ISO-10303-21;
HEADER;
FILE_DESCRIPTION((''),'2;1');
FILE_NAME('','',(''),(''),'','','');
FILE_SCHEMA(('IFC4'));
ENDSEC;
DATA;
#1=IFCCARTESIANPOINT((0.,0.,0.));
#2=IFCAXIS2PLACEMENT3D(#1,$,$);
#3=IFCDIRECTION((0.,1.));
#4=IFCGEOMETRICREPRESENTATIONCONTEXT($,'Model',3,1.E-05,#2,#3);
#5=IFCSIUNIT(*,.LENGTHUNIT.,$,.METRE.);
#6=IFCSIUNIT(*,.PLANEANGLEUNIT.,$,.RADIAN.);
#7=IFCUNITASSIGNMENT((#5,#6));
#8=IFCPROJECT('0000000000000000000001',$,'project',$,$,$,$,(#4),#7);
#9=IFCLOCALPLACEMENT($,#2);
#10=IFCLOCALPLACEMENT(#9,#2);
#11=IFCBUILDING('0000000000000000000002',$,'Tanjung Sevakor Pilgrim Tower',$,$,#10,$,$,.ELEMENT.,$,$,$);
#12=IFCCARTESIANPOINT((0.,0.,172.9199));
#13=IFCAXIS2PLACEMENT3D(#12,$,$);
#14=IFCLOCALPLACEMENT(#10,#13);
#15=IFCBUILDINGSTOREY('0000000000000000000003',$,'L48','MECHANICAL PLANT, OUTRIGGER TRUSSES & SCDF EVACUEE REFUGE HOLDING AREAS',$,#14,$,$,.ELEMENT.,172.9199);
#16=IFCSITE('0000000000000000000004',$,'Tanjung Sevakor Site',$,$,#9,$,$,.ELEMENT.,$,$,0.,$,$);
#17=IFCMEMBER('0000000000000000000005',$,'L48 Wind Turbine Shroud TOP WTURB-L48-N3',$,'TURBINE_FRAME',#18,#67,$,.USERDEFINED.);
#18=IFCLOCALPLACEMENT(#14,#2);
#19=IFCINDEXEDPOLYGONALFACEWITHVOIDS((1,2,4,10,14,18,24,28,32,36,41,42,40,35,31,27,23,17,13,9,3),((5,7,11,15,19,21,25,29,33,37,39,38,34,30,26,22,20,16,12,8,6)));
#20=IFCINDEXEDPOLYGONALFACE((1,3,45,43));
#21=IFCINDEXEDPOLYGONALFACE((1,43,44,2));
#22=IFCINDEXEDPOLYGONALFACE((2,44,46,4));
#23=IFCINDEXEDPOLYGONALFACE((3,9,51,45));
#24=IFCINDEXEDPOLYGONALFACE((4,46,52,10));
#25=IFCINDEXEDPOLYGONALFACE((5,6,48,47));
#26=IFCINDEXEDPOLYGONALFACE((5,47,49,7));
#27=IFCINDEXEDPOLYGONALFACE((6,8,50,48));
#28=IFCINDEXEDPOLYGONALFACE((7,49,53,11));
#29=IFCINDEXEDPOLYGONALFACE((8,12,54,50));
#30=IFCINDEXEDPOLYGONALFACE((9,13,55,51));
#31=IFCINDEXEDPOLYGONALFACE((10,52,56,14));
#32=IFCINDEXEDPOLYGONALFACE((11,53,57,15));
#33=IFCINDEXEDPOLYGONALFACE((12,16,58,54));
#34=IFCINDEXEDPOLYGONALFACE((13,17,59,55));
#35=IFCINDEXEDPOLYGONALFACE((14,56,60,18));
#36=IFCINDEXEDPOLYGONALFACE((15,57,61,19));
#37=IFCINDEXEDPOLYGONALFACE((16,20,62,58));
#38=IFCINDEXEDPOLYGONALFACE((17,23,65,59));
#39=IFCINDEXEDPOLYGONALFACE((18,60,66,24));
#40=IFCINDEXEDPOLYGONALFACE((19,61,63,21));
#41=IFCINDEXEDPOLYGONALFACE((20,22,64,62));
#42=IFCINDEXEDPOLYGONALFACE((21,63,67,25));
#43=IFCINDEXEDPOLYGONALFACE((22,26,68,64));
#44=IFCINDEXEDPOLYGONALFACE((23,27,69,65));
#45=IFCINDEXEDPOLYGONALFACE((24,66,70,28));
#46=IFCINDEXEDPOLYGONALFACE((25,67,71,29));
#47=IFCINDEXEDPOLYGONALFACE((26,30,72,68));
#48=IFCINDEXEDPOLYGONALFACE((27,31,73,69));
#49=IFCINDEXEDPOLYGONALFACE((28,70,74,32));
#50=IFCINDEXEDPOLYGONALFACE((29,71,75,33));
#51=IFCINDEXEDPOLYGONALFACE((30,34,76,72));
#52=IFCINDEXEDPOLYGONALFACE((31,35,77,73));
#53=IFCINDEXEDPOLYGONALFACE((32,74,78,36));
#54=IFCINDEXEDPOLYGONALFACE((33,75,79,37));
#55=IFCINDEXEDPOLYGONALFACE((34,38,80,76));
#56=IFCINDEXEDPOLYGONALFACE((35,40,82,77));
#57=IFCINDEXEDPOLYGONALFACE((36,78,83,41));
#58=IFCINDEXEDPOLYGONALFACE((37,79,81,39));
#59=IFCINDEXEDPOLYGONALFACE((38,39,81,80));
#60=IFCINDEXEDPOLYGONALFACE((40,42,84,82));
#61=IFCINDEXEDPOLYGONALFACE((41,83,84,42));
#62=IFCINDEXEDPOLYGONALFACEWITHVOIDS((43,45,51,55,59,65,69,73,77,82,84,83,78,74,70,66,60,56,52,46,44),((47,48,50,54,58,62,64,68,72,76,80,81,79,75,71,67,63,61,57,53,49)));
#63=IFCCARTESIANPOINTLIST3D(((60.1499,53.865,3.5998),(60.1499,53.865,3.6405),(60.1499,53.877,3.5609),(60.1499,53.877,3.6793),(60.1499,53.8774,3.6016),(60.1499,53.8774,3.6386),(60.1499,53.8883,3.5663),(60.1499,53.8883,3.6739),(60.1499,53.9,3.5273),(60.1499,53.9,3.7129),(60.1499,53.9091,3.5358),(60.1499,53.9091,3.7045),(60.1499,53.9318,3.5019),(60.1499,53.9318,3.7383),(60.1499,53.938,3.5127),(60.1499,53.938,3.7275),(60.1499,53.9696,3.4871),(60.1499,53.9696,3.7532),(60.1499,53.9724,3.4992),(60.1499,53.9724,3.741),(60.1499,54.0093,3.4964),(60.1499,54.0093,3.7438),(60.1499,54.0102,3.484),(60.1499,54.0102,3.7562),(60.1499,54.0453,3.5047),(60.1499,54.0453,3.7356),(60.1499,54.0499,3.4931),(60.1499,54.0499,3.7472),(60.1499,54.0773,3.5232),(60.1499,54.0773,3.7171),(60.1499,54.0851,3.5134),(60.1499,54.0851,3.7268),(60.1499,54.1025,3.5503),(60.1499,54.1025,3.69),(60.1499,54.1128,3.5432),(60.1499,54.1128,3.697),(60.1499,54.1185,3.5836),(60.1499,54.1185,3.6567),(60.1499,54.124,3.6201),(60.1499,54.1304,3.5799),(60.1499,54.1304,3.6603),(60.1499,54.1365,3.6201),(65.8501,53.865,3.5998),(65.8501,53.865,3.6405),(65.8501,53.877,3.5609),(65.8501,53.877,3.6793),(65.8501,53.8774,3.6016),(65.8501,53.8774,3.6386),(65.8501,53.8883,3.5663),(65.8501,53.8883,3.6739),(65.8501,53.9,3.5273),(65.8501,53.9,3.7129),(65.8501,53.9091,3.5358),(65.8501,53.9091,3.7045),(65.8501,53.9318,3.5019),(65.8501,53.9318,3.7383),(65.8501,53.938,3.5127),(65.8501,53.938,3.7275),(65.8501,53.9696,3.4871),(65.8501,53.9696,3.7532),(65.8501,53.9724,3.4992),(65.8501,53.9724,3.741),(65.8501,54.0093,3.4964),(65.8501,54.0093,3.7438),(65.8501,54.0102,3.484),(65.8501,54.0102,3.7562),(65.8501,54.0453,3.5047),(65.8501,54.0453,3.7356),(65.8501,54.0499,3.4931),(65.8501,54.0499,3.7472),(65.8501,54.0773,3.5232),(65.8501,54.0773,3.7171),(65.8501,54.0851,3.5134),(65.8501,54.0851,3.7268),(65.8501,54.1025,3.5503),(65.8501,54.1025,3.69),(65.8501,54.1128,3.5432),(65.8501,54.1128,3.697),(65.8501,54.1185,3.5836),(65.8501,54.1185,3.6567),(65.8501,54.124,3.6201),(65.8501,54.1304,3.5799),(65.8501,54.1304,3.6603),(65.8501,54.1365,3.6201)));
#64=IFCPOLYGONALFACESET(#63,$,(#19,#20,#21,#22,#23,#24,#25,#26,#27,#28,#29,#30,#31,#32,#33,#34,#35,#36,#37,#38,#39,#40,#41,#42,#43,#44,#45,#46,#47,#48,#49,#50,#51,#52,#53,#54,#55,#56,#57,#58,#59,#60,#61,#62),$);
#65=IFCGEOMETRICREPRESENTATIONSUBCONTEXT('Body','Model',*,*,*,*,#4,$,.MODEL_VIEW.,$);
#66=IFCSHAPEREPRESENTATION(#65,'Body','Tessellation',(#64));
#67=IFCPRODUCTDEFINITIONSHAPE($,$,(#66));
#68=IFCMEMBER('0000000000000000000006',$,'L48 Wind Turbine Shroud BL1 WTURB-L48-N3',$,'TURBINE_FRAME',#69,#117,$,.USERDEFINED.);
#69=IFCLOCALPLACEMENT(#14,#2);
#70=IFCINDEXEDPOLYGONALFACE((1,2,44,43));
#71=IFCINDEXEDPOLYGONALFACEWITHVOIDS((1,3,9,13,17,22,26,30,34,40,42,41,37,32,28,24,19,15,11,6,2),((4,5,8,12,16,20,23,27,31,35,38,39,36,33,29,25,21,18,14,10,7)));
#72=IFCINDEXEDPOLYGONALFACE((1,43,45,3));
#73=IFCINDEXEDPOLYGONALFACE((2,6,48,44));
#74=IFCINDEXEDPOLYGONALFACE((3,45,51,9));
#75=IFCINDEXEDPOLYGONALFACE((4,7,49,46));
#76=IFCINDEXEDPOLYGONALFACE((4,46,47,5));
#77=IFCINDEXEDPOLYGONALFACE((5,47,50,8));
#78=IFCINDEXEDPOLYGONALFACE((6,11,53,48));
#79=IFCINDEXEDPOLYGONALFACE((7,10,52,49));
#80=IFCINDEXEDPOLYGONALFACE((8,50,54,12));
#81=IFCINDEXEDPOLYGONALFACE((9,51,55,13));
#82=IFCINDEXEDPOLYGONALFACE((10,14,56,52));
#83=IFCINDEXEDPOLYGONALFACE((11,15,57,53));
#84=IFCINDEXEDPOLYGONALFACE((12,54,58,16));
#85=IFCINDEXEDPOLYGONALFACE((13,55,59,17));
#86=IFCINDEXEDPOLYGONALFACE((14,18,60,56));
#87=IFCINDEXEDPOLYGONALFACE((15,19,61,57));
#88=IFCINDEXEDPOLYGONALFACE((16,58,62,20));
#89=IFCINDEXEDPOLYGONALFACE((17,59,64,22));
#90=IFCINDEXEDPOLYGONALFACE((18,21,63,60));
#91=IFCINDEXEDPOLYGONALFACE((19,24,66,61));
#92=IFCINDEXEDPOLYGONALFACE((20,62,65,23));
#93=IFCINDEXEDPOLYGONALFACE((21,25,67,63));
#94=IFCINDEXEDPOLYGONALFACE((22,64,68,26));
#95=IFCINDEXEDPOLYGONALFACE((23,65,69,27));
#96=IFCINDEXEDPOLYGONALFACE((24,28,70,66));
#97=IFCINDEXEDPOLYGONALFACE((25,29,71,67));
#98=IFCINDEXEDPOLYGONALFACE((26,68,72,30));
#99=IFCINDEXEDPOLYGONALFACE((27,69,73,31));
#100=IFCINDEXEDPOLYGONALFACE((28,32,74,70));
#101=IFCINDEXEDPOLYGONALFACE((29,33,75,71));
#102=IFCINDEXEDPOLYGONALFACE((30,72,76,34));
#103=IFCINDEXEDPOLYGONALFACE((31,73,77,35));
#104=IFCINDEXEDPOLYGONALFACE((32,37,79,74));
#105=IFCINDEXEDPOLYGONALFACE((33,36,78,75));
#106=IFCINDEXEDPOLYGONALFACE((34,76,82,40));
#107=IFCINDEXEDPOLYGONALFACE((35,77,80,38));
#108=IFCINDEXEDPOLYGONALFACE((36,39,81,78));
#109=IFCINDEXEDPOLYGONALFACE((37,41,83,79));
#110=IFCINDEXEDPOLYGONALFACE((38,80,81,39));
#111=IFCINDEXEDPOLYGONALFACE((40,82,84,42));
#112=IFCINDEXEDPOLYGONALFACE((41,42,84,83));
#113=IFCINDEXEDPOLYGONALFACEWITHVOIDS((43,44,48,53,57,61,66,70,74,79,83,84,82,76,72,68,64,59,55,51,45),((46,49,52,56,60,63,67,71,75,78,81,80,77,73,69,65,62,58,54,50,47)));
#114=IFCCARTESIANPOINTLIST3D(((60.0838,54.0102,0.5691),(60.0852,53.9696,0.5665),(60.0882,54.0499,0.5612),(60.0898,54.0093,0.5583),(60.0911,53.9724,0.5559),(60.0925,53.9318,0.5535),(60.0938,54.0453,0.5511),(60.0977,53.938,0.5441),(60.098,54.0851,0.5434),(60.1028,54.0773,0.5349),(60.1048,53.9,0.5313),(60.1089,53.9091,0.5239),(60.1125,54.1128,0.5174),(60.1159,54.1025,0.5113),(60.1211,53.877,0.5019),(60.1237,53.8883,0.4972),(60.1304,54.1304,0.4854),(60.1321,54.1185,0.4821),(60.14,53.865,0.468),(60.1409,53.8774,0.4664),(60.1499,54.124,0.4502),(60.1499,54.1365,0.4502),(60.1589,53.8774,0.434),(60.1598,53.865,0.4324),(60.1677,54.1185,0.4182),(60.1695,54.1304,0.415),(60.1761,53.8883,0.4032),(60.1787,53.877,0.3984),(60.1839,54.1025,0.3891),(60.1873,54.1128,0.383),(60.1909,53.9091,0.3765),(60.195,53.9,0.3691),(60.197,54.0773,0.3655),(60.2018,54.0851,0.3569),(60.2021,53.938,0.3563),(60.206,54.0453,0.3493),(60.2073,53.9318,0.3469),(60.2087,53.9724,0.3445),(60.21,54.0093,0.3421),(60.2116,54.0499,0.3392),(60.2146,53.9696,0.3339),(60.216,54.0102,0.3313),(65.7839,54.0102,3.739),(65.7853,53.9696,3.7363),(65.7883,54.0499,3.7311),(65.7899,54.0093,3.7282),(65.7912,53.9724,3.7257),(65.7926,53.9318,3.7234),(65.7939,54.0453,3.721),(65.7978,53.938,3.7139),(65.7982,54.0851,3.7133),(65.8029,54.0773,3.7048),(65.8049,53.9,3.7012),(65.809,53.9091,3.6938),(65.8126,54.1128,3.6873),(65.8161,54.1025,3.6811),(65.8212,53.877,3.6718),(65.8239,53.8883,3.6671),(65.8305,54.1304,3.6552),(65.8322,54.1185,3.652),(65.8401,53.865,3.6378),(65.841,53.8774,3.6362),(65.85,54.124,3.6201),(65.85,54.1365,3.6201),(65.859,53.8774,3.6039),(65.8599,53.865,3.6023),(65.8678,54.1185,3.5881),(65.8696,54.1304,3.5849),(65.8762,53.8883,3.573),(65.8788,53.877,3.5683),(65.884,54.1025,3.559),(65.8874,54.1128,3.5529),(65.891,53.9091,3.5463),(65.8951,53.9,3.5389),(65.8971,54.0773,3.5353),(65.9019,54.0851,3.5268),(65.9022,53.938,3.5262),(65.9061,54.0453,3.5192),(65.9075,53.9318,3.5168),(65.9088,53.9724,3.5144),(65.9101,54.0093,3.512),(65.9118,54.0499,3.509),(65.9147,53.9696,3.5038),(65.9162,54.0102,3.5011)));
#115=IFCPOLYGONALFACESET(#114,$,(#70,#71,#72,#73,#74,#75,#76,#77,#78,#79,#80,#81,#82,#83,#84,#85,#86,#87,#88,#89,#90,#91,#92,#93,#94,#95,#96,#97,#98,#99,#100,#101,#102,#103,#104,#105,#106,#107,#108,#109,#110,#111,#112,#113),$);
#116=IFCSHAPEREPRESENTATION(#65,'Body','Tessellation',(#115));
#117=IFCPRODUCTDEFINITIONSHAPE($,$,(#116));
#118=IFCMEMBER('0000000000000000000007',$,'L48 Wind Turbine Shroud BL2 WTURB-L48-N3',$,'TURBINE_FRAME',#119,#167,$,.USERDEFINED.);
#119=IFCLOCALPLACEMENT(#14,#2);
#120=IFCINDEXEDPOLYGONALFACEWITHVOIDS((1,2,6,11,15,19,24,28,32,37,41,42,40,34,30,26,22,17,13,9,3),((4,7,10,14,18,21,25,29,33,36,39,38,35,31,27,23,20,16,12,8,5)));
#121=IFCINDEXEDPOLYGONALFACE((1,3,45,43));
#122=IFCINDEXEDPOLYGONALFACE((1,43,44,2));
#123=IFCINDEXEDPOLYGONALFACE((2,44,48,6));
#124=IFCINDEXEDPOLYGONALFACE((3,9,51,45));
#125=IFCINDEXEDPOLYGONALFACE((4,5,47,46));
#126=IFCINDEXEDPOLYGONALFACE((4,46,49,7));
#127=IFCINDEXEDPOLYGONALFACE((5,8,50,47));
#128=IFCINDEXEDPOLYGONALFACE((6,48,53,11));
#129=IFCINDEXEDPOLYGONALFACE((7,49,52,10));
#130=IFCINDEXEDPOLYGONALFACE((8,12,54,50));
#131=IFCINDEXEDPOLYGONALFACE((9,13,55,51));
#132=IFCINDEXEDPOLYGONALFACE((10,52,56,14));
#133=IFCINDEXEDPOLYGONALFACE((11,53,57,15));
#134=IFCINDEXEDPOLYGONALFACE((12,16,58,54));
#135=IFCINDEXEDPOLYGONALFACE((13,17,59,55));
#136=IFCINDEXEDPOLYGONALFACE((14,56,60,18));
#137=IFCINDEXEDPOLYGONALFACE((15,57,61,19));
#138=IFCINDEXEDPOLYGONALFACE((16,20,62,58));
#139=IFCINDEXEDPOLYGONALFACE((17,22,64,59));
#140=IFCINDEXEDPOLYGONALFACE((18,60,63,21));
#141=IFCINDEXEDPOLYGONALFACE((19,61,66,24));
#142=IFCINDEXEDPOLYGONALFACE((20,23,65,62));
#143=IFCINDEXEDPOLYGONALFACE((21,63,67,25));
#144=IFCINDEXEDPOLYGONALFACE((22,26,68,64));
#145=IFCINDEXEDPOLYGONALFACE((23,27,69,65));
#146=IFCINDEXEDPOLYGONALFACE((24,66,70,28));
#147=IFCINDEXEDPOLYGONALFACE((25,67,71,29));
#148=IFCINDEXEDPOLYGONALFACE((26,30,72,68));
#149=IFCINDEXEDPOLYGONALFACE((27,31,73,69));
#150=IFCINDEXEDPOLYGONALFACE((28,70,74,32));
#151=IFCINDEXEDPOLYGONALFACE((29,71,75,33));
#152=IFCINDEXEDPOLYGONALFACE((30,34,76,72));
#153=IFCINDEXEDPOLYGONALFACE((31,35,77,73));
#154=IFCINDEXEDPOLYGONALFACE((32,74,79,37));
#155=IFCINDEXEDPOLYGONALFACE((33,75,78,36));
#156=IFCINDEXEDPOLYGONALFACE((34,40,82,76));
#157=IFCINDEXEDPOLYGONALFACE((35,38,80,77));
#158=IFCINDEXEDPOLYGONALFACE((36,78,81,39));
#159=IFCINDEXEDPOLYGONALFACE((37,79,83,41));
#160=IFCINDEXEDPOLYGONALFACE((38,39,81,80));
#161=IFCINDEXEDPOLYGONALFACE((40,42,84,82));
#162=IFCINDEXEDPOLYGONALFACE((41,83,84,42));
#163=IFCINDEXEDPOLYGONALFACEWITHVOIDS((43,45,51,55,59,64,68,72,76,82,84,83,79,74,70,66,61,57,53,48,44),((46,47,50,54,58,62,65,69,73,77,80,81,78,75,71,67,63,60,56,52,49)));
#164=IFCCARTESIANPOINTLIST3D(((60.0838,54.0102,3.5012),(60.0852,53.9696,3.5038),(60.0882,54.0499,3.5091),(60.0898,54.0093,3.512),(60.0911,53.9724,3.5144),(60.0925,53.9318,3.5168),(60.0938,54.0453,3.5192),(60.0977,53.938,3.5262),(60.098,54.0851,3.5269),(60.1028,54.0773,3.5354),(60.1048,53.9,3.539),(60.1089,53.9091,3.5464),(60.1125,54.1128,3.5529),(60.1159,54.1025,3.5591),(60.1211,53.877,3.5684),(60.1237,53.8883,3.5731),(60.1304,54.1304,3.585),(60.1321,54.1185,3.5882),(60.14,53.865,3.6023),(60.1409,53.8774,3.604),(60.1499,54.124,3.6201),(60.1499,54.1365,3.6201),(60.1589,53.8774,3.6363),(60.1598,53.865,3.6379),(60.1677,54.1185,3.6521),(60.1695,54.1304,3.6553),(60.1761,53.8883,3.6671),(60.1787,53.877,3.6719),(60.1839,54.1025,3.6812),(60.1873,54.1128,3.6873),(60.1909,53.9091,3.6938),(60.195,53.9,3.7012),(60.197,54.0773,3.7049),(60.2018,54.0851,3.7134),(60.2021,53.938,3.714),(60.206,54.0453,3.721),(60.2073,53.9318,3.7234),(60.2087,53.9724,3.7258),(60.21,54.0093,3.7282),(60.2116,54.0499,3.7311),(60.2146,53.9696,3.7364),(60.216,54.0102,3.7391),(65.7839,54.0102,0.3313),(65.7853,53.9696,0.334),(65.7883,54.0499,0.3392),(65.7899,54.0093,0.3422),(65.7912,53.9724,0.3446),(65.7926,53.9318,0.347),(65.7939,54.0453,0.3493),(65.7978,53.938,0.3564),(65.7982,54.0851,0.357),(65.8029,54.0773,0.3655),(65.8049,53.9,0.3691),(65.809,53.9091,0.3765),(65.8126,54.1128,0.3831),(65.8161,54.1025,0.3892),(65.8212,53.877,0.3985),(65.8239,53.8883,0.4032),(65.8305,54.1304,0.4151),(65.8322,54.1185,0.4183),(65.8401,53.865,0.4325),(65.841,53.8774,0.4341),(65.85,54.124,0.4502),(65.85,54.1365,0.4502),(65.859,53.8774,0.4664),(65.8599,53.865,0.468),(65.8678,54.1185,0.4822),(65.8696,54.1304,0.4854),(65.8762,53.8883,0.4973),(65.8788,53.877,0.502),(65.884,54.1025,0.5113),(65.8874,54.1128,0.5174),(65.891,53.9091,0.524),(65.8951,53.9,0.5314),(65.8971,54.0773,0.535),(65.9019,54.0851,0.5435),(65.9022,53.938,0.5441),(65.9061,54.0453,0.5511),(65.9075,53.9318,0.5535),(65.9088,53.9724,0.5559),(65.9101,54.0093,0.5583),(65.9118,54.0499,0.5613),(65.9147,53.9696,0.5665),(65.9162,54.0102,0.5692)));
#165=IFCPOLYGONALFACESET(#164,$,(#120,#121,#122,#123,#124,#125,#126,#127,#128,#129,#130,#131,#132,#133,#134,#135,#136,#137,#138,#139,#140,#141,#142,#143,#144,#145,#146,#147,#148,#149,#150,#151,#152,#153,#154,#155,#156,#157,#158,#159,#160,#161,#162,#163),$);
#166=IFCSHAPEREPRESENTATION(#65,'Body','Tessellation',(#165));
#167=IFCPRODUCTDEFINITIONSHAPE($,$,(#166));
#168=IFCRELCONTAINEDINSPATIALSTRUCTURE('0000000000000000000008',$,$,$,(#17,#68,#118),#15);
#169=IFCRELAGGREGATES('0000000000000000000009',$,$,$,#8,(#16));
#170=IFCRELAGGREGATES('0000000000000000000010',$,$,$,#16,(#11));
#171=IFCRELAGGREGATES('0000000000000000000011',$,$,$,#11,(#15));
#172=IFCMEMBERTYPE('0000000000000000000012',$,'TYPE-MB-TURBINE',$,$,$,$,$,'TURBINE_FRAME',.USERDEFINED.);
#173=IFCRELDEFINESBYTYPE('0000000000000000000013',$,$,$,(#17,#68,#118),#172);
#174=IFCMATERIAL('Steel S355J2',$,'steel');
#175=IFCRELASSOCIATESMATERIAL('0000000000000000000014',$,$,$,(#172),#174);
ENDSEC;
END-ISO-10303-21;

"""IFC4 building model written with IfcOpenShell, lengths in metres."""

from ifc_helpers import new_model, si_unit, direction, frame, origin, origin_2d, place, context, subcontext, project, spatial, hollow_circle, extrude, material, material_profile, profile_set, type_object, element, save


model = new_model("IFC4")

# Units and contexts
model_context = context("Model", 3, precision=1e-05, world=origin(), true_north=direction((0.0, 1.0)))
body_context = subcontext(model_context, "Body", "Model", "MODEL_VIEW")
ifc_project = project(units=[si_unit("LENGTHUNIT", "METRE"), si_unit("PLANEANGLEUNIT", "RADIAN")], contexts=[model_context])

# Site, building, storey
site_placement = place(None, origin())
site = spatial("IfcSite", under=ifc_project, at=site_placement, Name="Tanjung Sevakor Site", CompositionType="ELEMENT", RefElevation=0.0)
building_placement = place(site_placement, origin())
building = spatial("IfcBuilding", under=site, at=building_placement, Name="Tanjung Sevakor Pilgrim Tower", CompositionType="ELEMENT")
storey_placement = place(building_placement, frame((0.0, 0.0, 172.9199)))
storey = spatial("IfcBuildingStorey", under=building, at=storey_placement, Name="L48", Description="MECHANICAL PLANT, OUTRIGGER TRUSSES & SCDF EVACUEE REFUGE HOLDING AREAS", CompositionType="ELEMENT", Elevation=172.9199)

# Members
ifc_material_1 = material(Name="Steel S355J2", Category="steel")
ifc_material_profile_1 = material_profile(ifc_material_1, hollow_circle(Radius=0.1365, WallThickness=0.0125, at=origin_2d()))
ifc_profile_set_1 = profile_set([ifc_material_profile_1], Name="Steel S355J2")
member_type_1 = type_object("IfcMemberType", Name="TYPE-MB-TURBINE", ElementType="TURBINE_FRAME", PredefinedType="USERDEFINED", material=ifc_profile_set_1)
for number, where, z_axis, x_axis, name in (
    (1, (60.1499, 54.0, 3.6201), (1.0, 0.0, 0.0), (0.0, 1.0, 0.0), "L48 Wind Turbine Shroud TOP WTURB-L48-N3"),
):
    element("IfcMember", number, at=place(storey_placement, frame(where, z_axis=z_axis, x_axis=x_axis)), inside=storey, type_object=member_type_1, Name=name, ObjectType="TURBINE_FRAME", PredefinedType="USERDEFINED", context=body_context, shape_type="SweptSolid", body=[
        extrude(hollow_circle(Radius=0.1365, WallThickness=0.0125, at=origin_2d()), origin(), (0.0, 0.0, 1.0), 5.7002),
    ])
for number, where, z_axis, x_axis, name in (
    (2, (60.1499, 54.0, 0.4502), (0.873952, 0.0, 0.486012), (0.0, 1.0, 0.0), "L48 Wind Turbine Shroud BL1 WTURB-L48-N3"),
    (3, (60.1499, 54.0, 3.6201), (0.873952, 0.0, -0.486012), (0.0, 1.0, 0.0), "L48 Wind Turbine Shroud BL2 WTURB-L48-N3"),
):
    element("IfcMember", number, at=place(storey_placement, frame(where, z_axis=z_axis, x_axis=x_axis)), inside=storey, type_object=member_type_1, Name=name, ObjectType="TURBINE_FRAME", PredefinedType="USERDEFINED", context=body_context, shape_type="SweptSolid", body=[
        extrude(hollow_circle(Radius=0.1365, WallThickness=0.0125, at=origin_2d()), origin(), (0.0, 0.0, 1.0), 6.5222),
    ])

save(model, "model.ifc")
